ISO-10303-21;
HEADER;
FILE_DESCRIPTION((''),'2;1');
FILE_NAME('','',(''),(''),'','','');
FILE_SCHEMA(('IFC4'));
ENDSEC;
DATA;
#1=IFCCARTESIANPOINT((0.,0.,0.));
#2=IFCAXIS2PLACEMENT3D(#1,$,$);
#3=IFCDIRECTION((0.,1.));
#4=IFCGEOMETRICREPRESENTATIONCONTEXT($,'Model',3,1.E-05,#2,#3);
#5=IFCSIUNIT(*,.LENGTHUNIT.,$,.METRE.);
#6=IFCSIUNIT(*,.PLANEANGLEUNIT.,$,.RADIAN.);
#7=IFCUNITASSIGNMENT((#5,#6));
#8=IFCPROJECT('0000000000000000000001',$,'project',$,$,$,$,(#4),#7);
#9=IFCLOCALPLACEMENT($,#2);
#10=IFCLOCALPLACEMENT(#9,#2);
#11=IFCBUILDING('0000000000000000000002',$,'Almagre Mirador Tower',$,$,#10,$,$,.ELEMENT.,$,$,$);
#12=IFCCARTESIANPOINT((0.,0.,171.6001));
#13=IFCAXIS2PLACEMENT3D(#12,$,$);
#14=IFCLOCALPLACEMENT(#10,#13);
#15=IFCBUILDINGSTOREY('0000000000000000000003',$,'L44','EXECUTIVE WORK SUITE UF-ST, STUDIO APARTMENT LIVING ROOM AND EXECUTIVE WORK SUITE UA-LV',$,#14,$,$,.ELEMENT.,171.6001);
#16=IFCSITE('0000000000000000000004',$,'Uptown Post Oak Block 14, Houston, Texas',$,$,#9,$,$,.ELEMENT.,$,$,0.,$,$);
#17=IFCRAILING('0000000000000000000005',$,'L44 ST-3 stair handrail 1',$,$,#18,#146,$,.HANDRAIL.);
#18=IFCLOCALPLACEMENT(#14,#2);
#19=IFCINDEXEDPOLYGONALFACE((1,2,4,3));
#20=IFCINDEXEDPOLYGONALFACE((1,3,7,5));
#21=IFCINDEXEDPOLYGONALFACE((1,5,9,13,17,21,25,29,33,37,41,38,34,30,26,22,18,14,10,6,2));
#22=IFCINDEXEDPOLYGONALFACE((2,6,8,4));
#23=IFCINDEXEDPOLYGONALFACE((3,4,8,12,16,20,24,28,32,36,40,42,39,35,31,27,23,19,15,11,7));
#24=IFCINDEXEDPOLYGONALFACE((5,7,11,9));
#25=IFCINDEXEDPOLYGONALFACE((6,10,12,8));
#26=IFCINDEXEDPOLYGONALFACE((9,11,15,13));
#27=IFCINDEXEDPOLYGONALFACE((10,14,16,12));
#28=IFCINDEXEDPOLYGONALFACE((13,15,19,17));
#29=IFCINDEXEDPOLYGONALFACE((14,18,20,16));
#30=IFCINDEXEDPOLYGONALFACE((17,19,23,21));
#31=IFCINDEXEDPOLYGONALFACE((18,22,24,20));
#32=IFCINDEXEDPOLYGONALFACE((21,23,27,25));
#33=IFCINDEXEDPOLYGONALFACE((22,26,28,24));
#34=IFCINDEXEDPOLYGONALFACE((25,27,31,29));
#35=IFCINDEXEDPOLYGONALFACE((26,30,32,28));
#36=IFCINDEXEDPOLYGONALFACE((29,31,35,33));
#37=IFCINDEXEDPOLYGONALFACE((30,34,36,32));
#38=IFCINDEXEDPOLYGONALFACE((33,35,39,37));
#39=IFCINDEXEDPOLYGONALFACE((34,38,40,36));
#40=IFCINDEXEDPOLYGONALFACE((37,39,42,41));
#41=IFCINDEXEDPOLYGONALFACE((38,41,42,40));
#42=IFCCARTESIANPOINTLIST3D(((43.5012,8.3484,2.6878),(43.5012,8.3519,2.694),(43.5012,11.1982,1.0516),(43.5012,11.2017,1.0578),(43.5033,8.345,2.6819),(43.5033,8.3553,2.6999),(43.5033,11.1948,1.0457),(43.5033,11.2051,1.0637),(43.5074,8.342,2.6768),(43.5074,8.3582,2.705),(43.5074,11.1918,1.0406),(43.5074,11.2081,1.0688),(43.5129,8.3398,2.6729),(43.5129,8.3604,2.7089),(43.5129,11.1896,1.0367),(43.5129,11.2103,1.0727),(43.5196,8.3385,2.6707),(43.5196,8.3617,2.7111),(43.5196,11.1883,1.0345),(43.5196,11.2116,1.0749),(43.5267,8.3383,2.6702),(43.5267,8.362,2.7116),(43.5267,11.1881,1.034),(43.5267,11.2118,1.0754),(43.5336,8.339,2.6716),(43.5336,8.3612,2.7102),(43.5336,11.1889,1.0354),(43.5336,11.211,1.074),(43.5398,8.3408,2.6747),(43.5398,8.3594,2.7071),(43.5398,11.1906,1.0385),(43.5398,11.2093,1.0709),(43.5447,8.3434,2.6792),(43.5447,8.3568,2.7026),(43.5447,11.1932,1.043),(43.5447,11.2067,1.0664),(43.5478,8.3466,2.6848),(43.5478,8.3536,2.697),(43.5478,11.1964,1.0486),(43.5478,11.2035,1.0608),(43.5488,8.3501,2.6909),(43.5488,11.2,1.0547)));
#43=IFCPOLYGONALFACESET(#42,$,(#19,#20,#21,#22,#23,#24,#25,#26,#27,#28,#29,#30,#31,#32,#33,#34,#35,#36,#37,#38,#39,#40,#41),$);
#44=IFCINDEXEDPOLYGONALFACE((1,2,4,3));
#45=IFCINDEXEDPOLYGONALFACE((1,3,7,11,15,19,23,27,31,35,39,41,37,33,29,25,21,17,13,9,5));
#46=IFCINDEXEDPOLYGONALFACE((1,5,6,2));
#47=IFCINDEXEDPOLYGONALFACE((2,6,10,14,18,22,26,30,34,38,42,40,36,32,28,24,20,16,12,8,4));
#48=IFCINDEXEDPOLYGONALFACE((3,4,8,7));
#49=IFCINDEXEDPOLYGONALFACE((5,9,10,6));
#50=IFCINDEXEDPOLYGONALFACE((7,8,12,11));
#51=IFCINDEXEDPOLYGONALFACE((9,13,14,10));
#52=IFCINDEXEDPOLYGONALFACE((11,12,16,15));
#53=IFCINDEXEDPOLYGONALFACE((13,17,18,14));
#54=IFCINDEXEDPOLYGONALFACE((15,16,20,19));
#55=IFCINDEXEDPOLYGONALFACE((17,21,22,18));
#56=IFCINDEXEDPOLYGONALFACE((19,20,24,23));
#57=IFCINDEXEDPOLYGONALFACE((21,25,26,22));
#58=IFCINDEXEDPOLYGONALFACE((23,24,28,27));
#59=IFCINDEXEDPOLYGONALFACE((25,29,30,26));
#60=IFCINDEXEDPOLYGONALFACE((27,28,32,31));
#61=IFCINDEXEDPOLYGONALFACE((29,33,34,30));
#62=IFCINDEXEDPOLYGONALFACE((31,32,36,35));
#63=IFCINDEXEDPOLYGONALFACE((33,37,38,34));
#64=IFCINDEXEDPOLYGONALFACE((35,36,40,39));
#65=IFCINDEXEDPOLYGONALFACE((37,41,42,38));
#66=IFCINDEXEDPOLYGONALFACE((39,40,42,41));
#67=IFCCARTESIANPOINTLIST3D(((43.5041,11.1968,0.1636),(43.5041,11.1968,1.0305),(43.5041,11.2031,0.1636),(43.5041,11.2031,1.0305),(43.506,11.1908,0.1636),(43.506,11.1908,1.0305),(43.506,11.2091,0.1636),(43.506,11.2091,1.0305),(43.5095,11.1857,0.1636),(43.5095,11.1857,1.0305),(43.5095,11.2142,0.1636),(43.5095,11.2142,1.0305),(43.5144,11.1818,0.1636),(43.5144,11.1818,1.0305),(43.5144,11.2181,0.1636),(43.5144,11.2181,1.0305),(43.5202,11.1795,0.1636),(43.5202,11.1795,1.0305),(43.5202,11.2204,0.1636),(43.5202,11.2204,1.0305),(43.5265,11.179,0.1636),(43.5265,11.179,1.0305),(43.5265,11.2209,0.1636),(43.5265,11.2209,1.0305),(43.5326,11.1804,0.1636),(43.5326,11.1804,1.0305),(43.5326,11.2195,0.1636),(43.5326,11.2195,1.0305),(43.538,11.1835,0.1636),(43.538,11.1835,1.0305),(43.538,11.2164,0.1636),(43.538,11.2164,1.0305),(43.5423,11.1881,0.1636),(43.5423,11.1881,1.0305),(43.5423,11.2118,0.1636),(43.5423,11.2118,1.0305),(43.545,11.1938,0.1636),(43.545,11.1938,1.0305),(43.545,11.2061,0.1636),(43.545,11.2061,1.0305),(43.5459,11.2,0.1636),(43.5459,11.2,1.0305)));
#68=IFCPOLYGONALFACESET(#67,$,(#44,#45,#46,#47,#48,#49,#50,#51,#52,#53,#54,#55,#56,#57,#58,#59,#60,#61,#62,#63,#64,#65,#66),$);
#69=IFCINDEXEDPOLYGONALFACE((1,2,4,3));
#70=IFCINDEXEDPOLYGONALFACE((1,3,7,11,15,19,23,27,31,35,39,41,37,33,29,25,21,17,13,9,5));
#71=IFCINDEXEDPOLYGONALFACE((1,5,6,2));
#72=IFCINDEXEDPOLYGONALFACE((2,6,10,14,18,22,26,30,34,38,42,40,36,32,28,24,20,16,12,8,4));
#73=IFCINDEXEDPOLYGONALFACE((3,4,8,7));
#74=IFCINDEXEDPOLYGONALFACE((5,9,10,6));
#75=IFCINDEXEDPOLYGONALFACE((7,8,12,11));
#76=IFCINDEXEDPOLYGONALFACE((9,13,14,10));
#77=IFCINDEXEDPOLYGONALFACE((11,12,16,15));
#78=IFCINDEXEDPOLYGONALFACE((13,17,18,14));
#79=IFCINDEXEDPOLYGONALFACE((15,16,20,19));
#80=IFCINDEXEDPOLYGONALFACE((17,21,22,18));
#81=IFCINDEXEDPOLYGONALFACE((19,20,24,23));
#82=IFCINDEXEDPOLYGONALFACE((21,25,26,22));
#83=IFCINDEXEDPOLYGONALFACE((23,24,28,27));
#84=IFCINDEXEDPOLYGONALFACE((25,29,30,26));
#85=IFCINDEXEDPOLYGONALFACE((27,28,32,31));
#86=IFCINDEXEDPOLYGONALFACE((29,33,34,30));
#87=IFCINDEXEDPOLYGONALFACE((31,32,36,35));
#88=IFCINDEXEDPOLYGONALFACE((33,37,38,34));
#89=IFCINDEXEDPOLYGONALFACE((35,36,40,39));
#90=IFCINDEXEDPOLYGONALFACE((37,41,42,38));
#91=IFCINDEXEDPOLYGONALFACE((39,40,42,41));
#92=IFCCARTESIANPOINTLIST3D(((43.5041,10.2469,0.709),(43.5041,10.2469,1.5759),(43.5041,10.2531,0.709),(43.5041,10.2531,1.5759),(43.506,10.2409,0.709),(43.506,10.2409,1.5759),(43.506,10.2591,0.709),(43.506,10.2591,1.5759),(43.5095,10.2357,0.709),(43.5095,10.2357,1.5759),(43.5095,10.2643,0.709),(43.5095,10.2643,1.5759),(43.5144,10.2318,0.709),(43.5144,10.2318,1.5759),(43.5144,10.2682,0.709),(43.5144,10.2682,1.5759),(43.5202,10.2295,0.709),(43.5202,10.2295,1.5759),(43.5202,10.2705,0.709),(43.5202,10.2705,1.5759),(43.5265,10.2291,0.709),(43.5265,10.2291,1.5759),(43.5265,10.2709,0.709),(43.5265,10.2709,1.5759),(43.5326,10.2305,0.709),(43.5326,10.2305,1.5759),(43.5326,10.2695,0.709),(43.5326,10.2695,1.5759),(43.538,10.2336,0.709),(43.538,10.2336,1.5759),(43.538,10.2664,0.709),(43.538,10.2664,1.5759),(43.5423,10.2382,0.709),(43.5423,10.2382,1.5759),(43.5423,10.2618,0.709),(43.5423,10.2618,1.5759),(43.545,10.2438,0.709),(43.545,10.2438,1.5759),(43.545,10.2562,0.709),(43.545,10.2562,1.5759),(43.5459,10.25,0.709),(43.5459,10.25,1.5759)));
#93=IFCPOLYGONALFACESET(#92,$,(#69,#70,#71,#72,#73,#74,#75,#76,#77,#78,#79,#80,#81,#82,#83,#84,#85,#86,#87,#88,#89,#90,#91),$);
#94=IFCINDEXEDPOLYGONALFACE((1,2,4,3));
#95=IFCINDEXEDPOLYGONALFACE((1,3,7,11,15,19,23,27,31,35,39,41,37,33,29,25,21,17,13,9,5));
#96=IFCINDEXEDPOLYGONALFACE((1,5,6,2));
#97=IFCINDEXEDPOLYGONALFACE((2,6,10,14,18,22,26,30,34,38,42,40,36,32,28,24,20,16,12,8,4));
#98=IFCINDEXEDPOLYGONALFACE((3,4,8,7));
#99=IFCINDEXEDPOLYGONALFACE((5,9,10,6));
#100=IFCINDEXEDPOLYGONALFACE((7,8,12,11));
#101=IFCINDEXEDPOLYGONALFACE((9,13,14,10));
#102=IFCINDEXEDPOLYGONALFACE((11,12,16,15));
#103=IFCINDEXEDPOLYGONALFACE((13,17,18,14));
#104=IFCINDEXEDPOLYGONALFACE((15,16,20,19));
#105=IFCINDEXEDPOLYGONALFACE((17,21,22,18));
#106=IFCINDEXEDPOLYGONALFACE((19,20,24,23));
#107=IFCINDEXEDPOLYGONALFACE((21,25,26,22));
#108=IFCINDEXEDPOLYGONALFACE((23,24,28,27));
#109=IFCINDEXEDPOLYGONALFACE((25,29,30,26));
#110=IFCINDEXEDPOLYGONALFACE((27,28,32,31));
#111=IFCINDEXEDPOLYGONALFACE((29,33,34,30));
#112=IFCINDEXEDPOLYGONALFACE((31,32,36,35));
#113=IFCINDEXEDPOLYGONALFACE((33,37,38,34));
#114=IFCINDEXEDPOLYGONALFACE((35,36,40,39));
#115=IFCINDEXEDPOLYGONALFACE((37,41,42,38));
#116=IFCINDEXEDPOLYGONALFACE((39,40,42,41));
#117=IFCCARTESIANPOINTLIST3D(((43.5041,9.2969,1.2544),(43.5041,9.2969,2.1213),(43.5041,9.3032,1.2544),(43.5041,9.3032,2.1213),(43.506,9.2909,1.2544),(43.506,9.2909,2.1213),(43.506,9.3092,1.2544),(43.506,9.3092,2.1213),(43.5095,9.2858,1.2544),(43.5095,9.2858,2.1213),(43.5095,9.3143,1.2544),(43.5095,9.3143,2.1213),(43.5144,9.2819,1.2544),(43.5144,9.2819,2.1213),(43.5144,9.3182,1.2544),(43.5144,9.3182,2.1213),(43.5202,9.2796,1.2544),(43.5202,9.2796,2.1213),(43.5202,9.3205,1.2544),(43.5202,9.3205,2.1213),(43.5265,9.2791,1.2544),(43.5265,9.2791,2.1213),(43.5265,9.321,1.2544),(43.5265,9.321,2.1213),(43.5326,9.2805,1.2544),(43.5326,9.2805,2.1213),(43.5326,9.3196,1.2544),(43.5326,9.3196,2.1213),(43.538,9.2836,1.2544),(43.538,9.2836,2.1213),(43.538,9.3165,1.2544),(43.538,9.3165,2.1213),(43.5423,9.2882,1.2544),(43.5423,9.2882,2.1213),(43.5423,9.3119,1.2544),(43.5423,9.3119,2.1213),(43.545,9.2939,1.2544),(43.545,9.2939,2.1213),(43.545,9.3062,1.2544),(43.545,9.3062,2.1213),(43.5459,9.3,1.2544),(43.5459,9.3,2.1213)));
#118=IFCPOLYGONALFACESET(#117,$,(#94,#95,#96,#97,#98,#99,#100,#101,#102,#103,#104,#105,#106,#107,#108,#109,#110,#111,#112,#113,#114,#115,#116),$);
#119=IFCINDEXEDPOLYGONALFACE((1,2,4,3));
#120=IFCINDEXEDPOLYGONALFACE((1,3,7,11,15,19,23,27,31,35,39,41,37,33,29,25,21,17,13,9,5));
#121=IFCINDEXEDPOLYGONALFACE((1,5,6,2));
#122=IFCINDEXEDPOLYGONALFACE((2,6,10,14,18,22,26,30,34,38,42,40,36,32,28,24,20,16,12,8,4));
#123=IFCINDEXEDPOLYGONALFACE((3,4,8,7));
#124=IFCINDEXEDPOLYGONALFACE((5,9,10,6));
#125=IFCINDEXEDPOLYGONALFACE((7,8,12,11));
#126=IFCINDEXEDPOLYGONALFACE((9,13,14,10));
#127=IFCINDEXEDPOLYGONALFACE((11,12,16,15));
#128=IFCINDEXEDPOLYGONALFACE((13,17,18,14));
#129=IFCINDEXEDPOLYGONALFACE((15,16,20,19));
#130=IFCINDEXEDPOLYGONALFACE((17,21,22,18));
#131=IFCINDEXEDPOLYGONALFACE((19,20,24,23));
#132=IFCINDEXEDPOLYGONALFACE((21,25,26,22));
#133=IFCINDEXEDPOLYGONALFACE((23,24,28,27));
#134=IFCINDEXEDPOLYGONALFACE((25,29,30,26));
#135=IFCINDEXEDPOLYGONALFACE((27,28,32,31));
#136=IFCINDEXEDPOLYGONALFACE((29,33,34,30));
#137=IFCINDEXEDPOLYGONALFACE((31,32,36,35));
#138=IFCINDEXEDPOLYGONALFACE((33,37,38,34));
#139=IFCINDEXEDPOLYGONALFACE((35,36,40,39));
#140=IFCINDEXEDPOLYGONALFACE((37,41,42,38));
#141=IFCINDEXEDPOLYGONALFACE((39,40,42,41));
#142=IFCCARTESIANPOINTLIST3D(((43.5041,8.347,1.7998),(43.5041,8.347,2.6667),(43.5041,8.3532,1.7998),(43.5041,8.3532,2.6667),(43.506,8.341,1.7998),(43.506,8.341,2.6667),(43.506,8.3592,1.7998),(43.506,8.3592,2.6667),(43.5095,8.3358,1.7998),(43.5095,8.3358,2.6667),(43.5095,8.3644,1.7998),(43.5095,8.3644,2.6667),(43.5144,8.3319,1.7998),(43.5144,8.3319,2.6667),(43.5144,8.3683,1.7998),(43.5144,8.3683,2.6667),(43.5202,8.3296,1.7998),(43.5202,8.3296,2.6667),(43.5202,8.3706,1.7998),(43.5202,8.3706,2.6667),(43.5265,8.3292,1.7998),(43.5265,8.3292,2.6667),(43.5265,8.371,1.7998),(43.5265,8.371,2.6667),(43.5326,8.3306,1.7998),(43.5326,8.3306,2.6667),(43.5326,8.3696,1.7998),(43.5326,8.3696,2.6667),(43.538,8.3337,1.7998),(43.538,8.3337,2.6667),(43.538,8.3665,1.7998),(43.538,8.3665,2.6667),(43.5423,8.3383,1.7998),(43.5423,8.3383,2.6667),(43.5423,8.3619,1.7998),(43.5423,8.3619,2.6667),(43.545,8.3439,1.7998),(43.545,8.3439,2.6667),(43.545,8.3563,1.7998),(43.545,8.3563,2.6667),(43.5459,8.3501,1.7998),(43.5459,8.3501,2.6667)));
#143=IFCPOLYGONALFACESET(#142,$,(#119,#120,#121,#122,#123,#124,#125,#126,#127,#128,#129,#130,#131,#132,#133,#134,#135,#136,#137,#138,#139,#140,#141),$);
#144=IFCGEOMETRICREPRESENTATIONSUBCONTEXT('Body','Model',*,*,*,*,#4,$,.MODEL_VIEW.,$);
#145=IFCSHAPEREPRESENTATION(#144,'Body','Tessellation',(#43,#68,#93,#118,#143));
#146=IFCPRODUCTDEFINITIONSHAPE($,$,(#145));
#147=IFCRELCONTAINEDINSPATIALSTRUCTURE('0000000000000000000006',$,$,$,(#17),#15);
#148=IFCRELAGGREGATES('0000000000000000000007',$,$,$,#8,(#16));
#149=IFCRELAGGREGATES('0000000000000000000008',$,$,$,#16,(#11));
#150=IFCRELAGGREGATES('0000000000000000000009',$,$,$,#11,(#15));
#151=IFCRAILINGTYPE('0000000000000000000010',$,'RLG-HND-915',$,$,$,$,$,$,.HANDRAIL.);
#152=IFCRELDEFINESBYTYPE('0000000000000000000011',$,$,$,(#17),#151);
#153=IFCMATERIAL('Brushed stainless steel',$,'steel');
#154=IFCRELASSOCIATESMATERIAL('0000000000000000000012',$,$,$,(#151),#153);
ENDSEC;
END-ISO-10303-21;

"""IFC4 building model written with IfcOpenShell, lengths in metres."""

from ifc_helpers import new_model, si_unit, direction, frame, origin, origin_2d, place, context, subcontext, project, spatial, circle, extrude, material, type_object, element, save


model = new_model("IFC4")

# Units and contexts
model_context = context("Model", 3, precision=1e-05, world=origin(), true_north=direction((0.0, 1.0)))
body_context = subcontext(model_context, "Body", "Model", "MODEL_VIEW")
ifc_project = project(units=[si_unit("LENGTHUNIT", "METRE"), si_unit("PLANEANGLEUNIT", "RADIAN")], contexts=[model_context])

# Site, building, storey
site_placement = place(None, origin())
site = spatial("IfcSite", under=ifc_project, at=site_placement, Name="Uptown Post Oak Block 14, Houston, Texas", CompositionType="ELEMENT", RefElevation=0.0)
building_placement = place(site_placement, origin())
building = spatial("IfcBuilding", under=site, at=building_placement, Name="Almagre Mirador Tower", CompositionType="ELEMENT")
storey_placement = place(building_placement, frame((0.0, 0.0, 171.6001)))
storey = spatial("IfcBuildingStorey", under=building, at=storey_placement, Name="L44", Description="EXECUTIVE WORK SUITE UF-ST, STUDIO APARTMENT LIVING ROOM AND EXECUTIVE WORK SUITE UA-LV", CompositionType="ELEMENT", Elevation=171.6001)

# Railing
ifc_material_1 = material(Name="Brushed stainless steel", Category="steel")
railing_type_1 = type_object("IfcRailingType", Name="RLG-HND-915", PredefinedType="HANDRAIL", material=ifc_material_1)
railing_1_placement = place(storey_placement, frame((43.5249, 11.2, 0.1636)))
element("IfcRailing", 1, at=railing_1_placement, inside=storey, type_object=railing_type_1, Name="L44 ST-3 stair handrail 1", PredefinedType="HANDRAIL", context=body_context, shape_type="SweptSolid", body=[
    extrude(circle(Radius=0.0239, at=origin_2d()), frame((0.0, 0.0, 0.8911), z_axis=(0.0, -0.867226, 0.497914), x_axis=(1.0, 0.0, 0.0)), (0.0, 0.0, 1.0), 3.2861),
    extrude(circle(Radius=0.021, at=origin_2d()), origin(), (0.0, 0.0, 1.0), 0.8669),
    extrude(circle(Radius=0.021, at=origin_2d()), frame((0.0, -0.95, 0.5454)), (0.0, 0.0, 1.0), 0.8669),
    extrude(circle(Radius=0.021, at=origin_2d()), frame((0.0, -1.8999, 1.0908)), (0.0, 0.0, 1.0), 0.8669),
    extrude(circle(Radius=0.021, at=origin_2d()), frame((0.0, -2.8499, 1.6362)), (0.0, 0.0, 1.0), 0.8669),
])

save(model, "model.ifc")
